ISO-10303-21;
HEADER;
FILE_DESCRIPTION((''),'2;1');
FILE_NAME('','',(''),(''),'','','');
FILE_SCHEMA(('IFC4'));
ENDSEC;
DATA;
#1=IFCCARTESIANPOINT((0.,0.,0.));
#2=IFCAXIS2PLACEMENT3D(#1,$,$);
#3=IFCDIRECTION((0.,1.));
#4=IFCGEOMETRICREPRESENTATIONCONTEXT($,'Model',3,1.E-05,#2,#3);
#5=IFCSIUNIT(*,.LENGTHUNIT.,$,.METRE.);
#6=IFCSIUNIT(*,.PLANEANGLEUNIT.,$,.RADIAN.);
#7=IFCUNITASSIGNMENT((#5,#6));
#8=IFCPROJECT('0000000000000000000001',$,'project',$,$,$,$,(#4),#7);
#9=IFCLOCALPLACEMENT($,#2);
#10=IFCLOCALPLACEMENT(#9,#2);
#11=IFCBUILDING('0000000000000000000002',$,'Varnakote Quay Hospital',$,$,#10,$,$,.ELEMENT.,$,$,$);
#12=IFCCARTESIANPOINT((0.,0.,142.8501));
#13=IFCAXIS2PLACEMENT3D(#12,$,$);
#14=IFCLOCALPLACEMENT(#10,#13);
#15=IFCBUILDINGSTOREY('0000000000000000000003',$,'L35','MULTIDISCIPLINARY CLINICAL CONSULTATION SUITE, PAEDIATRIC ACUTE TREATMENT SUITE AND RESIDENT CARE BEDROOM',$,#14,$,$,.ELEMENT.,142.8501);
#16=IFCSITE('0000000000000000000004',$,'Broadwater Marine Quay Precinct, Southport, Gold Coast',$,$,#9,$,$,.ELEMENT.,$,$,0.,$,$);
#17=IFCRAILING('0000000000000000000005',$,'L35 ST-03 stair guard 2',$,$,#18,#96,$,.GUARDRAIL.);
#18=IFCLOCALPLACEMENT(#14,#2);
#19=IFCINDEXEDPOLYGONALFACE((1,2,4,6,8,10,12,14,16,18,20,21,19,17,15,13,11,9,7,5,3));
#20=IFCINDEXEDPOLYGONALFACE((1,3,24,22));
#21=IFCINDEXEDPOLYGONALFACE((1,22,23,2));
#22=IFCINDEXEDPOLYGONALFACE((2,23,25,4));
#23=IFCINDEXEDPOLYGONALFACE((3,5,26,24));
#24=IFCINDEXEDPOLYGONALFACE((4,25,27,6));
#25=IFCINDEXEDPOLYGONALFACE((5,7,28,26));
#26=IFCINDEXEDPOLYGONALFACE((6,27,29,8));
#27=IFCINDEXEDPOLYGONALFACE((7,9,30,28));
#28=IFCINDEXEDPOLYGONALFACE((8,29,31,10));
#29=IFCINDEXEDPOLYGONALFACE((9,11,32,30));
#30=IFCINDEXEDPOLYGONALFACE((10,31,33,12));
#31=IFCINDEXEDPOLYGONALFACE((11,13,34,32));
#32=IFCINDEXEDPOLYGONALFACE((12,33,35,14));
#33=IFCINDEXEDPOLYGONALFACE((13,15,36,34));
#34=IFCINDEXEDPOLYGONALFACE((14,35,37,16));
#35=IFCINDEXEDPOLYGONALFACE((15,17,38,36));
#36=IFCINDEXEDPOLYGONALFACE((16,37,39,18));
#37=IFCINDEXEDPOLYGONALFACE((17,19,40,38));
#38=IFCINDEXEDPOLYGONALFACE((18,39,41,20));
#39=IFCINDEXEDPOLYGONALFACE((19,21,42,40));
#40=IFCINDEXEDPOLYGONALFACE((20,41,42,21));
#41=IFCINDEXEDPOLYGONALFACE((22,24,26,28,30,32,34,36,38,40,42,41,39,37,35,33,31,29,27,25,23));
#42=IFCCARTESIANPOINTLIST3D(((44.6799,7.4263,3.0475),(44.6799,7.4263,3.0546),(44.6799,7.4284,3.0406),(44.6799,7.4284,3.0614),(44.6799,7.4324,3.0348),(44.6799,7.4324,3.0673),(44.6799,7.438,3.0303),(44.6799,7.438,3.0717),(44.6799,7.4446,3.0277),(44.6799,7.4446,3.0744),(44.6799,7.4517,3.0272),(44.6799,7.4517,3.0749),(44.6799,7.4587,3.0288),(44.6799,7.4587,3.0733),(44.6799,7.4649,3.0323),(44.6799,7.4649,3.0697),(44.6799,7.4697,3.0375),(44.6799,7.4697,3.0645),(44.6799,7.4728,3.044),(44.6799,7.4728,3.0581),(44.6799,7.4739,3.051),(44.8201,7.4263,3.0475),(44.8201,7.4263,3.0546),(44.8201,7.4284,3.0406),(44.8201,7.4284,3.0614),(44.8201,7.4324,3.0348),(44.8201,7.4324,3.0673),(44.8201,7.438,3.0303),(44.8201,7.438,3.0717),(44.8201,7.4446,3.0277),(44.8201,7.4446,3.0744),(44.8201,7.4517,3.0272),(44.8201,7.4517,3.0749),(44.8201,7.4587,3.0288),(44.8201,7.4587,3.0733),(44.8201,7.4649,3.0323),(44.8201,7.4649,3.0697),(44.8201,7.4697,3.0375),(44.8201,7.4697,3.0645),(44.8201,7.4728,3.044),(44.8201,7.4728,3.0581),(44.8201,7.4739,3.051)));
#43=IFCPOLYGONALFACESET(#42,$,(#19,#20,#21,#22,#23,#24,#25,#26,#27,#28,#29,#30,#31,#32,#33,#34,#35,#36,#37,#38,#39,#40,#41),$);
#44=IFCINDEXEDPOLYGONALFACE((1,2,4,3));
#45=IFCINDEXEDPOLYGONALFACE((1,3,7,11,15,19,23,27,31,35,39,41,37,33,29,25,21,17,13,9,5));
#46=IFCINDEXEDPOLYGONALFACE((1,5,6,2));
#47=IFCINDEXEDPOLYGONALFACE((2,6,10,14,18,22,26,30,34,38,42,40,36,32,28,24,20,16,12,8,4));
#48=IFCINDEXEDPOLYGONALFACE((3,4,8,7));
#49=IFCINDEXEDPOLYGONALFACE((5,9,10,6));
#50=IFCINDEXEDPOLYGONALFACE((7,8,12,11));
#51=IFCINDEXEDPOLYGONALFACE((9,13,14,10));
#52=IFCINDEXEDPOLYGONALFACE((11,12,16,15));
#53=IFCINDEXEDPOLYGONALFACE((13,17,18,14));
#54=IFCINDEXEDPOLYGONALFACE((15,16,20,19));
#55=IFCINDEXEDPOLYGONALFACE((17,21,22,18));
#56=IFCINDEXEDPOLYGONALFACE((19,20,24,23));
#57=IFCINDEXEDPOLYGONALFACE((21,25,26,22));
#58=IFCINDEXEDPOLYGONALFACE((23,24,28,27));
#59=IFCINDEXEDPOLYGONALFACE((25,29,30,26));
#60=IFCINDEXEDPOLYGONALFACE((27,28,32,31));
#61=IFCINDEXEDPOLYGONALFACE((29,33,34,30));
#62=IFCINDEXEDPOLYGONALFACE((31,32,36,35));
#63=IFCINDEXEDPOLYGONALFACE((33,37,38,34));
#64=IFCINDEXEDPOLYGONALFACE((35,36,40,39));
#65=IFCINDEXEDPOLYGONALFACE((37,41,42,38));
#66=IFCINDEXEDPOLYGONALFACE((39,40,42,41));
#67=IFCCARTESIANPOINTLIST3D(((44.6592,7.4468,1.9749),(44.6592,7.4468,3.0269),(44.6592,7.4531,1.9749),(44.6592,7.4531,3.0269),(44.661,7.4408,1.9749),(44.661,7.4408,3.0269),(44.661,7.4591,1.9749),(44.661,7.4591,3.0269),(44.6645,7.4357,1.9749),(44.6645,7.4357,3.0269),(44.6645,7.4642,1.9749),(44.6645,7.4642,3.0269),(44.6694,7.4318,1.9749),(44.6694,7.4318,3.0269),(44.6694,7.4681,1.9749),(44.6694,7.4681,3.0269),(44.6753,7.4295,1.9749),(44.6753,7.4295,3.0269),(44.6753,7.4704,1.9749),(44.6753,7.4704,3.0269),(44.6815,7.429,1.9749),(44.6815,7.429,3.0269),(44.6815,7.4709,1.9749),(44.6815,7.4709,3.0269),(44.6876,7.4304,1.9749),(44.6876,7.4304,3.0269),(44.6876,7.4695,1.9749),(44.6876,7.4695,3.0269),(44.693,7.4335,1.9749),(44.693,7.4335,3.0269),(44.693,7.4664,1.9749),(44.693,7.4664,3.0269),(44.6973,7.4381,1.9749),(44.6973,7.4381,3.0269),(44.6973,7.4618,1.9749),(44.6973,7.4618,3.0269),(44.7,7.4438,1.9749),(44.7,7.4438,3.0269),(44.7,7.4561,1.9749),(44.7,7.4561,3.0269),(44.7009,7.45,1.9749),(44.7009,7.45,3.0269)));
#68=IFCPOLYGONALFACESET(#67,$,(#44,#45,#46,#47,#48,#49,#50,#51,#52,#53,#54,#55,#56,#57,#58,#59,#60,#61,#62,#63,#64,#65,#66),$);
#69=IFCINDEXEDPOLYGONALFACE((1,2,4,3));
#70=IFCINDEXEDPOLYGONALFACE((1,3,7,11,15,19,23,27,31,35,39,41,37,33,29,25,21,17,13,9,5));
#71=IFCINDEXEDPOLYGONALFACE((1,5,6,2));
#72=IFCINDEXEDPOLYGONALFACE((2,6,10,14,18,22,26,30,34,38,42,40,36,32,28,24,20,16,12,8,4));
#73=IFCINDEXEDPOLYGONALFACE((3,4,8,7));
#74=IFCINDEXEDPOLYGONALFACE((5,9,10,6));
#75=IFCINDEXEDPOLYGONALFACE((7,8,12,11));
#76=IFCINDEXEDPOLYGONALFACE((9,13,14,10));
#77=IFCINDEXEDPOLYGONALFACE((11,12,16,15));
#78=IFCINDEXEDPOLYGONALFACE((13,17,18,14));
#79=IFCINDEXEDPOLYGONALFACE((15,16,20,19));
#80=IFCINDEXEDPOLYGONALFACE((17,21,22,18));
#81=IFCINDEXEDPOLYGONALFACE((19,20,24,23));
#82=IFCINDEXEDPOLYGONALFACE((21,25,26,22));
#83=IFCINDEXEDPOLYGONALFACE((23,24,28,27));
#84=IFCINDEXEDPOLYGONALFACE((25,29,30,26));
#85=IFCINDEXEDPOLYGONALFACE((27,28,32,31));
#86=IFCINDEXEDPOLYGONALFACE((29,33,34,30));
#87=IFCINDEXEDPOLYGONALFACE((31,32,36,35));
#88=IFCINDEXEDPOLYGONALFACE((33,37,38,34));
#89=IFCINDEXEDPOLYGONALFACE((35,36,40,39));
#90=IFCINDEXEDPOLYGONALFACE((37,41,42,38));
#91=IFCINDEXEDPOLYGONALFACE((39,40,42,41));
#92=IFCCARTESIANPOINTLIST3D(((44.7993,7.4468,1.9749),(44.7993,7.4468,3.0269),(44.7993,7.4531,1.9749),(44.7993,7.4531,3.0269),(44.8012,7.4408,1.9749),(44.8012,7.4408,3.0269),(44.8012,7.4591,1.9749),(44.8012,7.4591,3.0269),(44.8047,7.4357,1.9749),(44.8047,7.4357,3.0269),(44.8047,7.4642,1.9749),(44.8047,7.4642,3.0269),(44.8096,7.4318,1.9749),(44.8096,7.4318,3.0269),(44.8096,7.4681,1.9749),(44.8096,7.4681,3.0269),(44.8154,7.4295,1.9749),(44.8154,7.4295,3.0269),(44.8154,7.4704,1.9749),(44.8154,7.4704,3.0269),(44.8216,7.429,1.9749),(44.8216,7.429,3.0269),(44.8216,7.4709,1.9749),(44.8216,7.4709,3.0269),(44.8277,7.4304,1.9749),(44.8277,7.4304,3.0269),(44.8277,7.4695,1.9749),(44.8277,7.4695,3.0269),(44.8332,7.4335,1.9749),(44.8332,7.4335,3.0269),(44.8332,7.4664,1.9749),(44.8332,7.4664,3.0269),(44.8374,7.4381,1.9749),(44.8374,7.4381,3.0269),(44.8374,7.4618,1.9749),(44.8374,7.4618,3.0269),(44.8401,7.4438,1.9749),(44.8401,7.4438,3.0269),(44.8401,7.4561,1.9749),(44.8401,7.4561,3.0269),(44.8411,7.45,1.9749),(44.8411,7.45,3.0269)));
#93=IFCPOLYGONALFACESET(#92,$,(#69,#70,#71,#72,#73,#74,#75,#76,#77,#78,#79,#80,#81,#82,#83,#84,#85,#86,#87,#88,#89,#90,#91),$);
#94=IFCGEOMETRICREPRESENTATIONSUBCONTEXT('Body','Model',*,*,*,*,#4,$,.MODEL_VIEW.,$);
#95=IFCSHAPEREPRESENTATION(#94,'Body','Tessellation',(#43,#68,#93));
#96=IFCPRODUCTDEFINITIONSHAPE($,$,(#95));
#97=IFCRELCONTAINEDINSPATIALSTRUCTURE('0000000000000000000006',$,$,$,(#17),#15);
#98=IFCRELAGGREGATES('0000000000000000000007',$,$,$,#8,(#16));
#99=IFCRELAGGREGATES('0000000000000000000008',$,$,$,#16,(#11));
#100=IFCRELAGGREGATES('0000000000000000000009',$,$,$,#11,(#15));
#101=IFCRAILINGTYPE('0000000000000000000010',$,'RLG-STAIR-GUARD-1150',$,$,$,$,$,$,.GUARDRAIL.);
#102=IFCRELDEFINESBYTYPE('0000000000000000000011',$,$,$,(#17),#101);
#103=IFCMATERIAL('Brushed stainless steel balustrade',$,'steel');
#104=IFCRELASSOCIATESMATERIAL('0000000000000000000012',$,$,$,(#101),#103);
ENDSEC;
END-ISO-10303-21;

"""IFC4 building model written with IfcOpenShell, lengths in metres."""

from ifc_helpers import new_model, si_unit, direction, frame, origin, origin_2d, place, context, subcontext, project, spatial, circle, extrude, material, type_object, element, save


model = new_model("IFC4")

# Units and contexts
model_context = context("Model", 3, precision=1e-05, world=origin(), true_north=direction((0.0, 1.0)))
body_context = subcontext(model_context, "Body", "Model", "MODEL_VIEW")
ifc_project = project(units=[si_unit("LENGTHUNIT", "METRE"), si_unit("PLANEANGLEUNIT", "RADIAN")], contexts=[model_context])

# Site, building, storey
site_placement = place(None, origin())
site = spatial("IfcSite", under=ifc_project, at=site_placement, Name="Broadwater Marine Quay Precinct, Southport, Gold Coast", CompositionType="ELEMENT", RefElevation=0.0)
building_placement = place(site_placement, origin())
building = spatial("IfcBuilding", under=site, at=building_placement, Name="Varnakote Quay Hospital", CompositionType="ELEMENT")
storey_placement = place(building_placement, frame((0.0, 0.0, 142.8501)))
storey = spatial("IfcBuildingStorey", under=building, at=storey_placement, Name="L35", Description="MULTIDISCIPLINARY CLINICAL CONSULTATION SUITE, PAEDIATRIC ACUTE TREATMENT SUITE AND RESIDENT CARE BEDROOM", CompositionType="ELEMENT", Elevation=142.8501)

# Railing
ifc_material_1 = material(Name="Brushed stainless steel balustrade", Category="steel")
railing_type_1 = type_object("IfcRailingType", Name="RLG-STAIR-GUARD-1150", PredefinedType="GUARDRAIL", material=ifc_material_1)
railing_1_placement = place(storey_placement, frame((44.6799, 7.45, 1.9749)))
element("IfcRailing", 1, at=railing_1_placement, inside=storey, type_object=railing_type_1, Name="L35 ST-03 stair guard 2", PredefinedType="GUARDRAIL", context=body_context, shape_type="SweptSolid", body=[
    extrude(circle(Radius=0.0239, at=origin_2d()), frame((0.0, 0.0, 1.0762), z_axis=(1.0, 0.0, 0.0), x_axis=(0.0, 1.0, 0.0)), (0.0, 0.0, 1.0), 0.1401),
    extrude(circle(Radius=0.021, at=origin_2d()), origin(), (0.0, 0.0, 1.0), 1.052),
    extrude(circle(Radius=0.021, at=origin_2d()), frame((0.1401, 0.0, 0.0)), (0.0, 0.0, 1.0), 1.052),
])

save(model, "model.ifc")
